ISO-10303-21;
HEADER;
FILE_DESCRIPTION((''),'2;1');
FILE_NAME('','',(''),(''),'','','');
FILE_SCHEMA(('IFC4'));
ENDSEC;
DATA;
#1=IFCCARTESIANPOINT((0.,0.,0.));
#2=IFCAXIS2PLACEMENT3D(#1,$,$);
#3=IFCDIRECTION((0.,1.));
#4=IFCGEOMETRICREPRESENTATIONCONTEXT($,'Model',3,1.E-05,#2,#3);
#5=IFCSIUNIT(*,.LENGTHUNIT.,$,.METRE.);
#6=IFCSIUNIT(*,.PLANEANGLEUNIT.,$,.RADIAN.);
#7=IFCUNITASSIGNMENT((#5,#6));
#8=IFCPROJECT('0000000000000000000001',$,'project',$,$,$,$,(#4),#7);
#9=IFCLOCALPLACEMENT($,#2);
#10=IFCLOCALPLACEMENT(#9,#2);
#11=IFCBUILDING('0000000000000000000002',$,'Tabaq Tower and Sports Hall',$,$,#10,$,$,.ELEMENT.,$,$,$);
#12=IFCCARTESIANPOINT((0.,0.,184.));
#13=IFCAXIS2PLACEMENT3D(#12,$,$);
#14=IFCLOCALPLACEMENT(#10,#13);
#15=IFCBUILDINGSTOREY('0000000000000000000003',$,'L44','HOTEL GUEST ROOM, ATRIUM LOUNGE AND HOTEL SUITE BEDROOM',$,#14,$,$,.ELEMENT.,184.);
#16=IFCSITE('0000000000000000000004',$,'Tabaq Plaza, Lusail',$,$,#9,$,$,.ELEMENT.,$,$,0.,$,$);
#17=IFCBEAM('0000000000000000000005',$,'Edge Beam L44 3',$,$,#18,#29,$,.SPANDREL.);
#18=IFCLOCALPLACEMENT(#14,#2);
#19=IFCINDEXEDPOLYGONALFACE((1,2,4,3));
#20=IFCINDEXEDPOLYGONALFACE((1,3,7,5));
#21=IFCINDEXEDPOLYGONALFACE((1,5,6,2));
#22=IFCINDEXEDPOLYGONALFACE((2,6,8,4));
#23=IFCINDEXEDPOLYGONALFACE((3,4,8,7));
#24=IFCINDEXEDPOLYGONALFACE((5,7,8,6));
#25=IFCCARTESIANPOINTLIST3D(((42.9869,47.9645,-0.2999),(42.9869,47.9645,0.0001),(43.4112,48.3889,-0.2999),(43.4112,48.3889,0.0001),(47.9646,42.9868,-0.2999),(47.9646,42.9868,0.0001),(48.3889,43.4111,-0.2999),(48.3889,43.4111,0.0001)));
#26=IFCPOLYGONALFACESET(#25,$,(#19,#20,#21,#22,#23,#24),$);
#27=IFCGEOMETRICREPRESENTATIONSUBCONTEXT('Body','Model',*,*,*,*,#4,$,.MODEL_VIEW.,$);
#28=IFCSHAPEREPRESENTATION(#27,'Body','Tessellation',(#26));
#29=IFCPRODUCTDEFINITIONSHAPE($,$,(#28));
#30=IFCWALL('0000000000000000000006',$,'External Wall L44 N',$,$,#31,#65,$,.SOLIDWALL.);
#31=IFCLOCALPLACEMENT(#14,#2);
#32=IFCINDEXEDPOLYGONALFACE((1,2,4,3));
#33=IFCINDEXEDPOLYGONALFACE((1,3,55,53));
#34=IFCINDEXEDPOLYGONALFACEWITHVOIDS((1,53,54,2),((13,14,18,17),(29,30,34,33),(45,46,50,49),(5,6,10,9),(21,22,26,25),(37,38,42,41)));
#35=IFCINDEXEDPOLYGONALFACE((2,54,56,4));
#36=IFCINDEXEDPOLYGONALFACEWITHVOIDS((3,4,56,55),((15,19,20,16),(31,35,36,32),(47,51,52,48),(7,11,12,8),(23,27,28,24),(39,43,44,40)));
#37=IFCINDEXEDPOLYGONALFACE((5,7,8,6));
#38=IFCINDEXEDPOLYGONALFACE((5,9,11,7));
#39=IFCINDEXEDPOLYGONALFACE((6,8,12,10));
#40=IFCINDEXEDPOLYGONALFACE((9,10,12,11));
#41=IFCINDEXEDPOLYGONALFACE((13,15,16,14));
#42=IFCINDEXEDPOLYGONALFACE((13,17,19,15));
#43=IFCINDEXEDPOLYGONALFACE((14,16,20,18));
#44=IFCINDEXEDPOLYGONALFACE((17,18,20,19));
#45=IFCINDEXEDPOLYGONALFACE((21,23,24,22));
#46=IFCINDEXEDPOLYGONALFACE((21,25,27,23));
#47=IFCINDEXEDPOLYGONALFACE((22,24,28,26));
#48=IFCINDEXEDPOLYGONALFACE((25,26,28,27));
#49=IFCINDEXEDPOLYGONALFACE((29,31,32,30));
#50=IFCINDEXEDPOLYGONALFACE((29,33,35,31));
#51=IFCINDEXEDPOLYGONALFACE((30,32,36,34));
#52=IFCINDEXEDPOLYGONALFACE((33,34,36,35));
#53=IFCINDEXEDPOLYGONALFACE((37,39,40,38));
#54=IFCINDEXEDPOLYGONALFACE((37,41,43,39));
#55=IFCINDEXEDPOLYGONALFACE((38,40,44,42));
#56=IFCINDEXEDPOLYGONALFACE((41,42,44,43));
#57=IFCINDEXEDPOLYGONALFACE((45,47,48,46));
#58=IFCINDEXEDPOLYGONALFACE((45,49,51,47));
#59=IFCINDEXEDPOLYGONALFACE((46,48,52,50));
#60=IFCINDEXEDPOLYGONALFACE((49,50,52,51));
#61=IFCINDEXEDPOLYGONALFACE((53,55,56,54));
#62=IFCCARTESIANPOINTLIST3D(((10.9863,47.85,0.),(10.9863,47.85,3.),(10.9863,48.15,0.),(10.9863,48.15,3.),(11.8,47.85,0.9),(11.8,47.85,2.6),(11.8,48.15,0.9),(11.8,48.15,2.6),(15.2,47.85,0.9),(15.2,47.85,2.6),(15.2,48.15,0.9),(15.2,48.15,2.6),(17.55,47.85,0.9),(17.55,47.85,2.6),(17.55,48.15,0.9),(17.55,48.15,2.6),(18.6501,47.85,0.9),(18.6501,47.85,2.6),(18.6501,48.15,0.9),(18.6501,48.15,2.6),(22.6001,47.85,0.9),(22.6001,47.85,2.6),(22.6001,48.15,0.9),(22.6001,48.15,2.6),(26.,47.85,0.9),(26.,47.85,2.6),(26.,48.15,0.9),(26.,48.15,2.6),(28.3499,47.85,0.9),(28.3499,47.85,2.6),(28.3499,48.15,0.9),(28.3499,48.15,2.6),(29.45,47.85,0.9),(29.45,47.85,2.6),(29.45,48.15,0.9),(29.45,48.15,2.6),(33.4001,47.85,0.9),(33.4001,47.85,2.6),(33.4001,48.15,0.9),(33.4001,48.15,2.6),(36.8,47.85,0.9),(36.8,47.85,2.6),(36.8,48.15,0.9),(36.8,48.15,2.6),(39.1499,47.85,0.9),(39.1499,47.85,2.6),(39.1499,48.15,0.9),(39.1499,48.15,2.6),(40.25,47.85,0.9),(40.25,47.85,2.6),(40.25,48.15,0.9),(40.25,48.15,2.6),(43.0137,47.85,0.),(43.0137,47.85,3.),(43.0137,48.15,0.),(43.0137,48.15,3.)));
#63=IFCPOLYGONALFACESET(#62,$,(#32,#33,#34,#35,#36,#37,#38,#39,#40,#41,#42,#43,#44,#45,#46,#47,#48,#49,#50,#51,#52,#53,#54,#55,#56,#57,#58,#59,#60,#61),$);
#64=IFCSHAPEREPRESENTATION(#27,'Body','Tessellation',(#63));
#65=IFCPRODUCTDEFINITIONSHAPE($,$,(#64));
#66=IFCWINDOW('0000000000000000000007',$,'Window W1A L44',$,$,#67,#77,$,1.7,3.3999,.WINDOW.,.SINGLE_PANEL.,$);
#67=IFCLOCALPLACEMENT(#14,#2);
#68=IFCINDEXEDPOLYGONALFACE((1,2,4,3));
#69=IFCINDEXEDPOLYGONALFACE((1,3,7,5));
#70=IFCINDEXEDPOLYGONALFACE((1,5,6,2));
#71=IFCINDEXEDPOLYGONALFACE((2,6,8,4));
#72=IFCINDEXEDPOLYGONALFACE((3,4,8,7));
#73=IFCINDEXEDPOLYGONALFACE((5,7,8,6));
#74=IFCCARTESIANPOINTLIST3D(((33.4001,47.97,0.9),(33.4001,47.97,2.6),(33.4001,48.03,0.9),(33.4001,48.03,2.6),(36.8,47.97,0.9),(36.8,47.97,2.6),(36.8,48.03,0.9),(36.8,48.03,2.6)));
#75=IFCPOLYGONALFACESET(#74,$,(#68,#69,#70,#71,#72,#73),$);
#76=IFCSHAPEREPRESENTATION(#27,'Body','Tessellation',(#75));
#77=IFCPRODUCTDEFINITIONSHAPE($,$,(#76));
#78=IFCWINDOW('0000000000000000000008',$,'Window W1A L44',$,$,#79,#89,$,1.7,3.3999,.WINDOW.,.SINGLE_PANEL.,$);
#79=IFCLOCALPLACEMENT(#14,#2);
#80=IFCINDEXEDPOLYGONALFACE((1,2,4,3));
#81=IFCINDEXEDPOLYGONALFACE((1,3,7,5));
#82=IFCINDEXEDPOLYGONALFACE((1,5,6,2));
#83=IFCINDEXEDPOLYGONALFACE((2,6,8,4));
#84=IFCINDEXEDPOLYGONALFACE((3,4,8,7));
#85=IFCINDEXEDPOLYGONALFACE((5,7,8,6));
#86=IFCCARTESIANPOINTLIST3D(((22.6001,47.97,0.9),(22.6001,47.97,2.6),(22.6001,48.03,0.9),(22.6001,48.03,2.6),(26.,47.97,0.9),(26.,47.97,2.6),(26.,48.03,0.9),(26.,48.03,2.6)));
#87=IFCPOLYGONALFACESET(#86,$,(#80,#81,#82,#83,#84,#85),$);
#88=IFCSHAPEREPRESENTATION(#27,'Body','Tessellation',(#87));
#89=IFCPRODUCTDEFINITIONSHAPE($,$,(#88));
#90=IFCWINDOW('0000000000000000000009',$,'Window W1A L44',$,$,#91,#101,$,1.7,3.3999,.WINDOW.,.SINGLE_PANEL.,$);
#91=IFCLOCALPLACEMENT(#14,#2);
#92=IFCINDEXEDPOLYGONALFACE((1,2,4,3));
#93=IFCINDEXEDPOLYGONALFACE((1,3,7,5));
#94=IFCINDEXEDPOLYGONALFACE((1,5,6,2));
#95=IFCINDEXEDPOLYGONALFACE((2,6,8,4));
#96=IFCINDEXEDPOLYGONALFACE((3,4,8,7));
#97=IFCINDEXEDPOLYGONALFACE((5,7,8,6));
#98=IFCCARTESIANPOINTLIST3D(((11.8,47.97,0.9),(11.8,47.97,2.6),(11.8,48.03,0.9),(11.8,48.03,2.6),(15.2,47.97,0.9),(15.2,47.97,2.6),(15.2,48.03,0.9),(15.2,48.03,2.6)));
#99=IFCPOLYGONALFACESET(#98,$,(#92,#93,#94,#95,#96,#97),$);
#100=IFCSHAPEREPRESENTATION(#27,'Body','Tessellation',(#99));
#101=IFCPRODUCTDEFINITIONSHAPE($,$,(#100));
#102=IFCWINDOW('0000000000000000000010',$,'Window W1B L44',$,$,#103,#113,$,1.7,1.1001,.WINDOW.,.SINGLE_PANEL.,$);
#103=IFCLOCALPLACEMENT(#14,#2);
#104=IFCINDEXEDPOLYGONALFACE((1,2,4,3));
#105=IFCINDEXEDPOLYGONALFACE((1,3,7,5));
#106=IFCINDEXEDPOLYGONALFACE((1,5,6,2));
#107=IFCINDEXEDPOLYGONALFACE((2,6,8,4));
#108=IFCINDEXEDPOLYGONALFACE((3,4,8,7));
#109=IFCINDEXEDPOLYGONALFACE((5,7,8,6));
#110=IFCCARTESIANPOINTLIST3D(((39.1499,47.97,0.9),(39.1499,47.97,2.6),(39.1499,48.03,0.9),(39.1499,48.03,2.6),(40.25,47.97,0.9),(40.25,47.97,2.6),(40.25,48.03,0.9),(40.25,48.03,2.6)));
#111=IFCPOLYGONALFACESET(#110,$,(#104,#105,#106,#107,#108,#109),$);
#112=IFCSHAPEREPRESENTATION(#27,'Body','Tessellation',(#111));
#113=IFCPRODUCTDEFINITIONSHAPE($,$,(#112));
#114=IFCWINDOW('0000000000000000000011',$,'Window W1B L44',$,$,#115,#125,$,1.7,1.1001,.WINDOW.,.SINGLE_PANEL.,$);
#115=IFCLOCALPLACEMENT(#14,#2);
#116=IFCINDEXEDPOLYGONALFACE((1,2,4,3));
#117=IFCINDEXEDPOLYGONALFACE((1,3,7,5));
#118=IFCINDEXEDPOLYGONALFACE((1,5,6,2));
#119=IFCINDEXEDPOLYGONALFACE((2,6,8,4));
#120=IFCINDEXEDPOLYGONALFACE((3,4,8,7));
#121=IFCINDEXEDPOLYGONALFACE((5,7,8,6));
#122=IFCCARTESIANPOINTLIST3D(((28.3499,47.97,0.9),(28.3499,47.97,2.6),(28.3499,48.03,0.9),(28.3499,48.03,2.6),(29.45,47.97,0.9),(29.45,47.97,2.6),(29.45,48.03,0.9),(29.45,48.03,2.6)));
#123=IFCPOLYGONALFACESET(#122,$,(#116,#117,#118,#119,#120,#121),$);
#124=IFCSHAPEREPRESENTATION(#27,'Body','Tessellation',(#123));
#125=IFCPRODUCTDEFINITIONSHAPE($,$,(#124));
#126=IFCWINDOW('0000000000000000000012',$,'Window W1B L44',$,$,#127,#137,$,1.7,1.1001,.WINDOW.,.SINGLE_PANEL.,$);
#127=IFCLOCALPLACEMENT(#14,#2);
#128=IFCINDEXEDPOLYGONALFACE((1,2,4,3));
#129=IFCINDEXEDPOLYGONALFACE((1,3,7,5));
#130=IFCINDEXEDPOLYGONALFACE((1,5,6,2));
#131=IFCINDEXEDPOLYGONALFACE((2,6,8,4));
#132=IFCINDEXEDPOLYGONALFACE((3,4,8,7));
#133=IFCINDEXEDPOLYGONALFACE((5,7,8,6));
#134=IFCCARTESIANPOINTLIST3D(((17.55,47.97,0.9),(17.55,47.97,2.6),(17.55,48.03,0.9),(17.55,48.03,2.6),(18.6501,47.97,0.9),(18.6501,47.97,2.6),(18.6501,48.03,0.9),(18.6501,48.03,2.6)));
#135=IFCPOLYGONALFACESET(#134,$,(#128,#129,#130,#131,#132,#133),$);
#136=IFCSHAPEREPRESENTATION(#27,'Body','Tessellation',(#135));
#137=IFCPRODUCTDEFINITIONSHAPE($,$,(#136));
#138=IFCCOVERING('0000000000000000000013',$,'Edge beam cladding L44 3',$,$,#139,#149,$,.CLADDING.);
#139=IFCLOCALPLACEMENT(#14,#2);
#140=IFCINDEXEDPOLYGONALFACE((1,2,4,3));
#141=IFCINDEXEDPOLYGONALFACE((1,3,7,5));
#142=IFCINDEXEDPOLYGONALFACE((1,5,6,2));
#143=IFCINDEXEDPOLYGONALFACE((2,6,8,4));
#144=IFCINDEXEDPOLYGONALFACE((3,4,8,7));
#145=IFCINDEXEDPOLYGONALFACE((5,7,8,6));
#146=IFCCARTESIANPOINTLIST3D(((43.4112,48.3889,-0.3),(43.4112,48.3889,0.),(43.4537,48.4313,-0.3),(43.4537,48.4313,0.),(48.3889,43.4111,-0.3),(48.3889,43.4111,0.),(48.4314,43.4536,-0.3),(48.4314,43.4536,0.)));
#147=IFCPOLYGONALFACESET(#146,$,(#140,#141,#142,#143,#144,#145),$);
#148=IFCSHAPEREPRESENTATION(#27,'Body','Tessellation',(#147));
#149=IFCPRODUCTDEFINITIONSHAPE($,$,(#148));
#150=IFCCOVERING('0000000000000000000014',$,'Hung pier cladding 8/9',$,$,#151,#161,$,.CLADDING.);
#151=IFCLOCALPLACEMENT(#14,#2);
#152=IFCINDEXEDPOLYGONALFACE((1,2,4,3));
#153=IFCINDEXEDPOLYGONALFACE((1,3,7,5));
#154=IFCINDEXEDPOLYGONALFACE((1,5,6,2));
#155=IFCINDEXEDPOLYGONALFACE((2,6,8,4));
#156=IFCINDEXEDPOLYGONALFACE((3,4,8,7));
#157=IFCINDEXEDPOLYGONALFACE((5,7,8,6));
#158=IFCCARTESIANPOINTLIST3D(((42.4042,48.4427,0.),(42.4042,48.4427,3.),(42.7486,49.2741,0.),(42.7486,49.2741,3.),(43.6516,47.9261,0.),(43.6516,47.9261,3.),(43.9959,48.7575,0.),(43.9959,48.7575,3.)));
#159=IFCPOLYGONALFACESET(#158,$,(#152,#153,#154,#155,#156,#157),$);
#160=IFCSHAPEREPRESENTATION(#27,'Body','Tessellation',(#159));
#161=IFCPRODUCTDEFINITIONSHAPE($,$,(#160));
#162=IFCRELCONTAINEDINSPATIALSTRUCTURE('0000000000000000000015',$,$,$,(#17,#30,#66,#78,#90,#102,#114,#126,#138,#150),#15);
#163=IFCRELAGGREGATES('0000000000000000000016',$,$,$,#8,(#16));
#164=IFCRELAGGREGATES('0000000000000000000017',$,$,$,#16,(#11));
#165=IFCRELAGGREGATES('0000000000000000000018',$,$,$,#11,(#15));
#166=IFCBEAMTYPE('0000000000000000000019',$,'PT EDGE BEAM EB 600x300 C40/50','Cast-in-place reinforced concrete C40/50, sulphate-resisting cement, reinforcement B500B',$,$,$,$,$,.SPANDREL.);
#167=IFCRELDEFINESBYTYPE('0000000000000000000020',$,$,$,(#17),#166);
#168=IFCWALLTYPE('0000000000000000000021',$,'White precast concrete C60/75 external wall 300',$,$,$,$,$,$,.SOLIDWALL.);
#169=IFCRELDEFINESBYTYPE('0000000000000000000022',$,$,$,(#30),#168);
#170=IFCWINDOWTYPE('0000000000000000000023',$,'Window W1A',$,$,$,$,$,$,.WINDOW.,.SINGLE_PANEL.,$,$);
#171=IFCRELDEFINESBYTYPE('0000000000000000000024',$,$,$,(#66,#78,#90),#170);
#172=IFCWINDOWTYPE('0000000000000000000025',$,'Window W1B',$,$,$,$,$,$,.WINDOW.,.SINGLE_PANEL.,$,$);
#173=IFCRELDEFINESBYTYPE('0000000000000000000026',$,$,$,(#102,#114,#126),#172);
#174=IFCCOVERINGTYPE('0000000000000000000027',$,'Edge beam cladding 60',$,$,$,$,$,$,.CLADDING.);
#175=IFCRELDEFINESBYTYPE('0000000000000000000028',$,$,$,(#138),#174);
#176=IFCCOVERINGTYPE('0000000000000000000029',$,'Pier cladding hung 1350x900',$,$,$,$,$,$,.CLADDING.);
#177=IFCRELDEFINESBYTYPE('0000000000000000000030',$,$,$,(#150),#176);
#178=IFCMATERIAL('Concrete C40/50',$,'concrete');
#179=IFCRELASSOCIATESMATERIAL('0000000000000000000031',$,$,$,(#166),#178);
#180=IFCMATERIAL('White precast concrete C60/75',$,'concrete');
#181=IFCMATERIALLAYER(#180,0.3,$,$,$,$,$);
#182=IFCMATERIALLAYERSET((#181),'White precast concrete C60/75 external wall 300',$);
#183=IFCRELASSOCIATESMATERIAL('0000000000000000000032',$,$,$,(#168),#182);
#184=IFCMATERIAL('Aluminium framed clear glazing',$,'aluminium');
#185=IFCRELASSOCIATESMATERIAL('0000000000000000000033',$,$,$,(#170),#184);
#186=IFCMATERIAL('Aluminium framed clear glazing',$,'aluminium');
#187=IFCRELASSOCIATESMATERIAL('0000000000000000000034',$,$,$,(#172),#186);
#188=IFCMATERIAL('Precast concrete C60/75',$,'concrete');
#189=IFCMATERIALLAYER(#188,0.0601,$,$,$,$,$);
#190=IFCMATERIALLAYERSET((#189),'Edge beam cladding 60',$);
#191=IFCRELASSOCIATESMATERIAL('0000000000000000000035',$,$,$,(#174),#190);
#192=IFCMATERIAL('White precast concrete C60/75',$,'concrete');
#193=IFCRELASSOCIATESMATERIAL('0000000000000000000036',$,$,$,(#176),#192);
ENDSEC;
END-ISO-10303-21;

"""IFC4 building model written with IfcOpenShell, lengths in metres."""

from ifc_helpers import new_model, si_unit, direction, frame, frame_2d, origin, origin_2d, place, context, subcontext, project, spatial, rectangle, extrude, material, layer, layer_set, material_profile, profile_set, type_object, element, fill, save


model = new_model("IFC4")

# Units and contexts
model_context = context("Model", 3, precision=1e-05, world=origin(), true_north=direction((0.0, 1.0)))
body_context = subcontext(model_context, "Body", "Model", "MODEL_VIEW")
ifc_project = project(units=[si_unit("LENGTHUNIT", "METRE"), si_unit("PLANEANGLEUNIT", "RADIAN")], contexts=[model_context])

# Site, building, storey
site_placement = place(None, origin())
site = spatial("IfcSite", under=ifc_project, at=site_placement, Name="Tabaq Plaza, Lusail", CompositionType="ELEMENT", RefElevation=0.0)
building_placement = place(site_placement, origin())
building = spatial("IfcBuilding", under=site, at=building_placement, Name="Tabaq Tower and Sports Hall", CompositionType="ELEMENT")
storey_placement = place(building_placement, frame((0.0, 0.0, 184.0)))
storey = spatial("IfcBuildingStorey", under=building, at=storey_placement, Name="L44", Description="HOTEL GUEST ROOM, ATRIUM LOUNGE AND HOTEL SUITE BEDROOM", CompositionType="ELEMENT", Elevation=184.0)

# Beam
ifc_material_1 = material(Name="Concrete C40/50", Category="concrete")
ifc_material_profile = material_profile(ifc_material_1, rectangle(XDim=0.6001, YDim=0.3, at=origin_2d()), Name="EB 600x300")
ifc_profile_set = profile_set([ifc_material_profile], Name="Concrete C40/50")
beam_type = type_object("IfcBeamType", Name="PT EDGE BEAM EB 600x300 C40/50", Description="Cast-in-place reinforced concrete C40/50, sulphate-resisting cement, reinforcement B500B", PredefinedType="SPANDREL", material=ifc_profile_set)
beam_placement = place(storey_placement, frame((48.1768, 43.199, -0.1499), z_axis=(-0.707107, 0.707107, 0.0), x_axis=(-0.707107, -0.707107, 0.0)))
element("IfcBeam", 1, at=beam_placement, inside=storey, type_object=beam_type, Name="Edge Beam L44 3", PredefinedType="SPANDREL", context=body_context, shape_type="SweptSolid", body=[
    extrude(rectangle(XDim=0.6001, YDim=0.3, at=origin_2d()), origin(), (0.0, 0.0, 1.0), 7.0396),
])

# Wall, openings, windows
ifc_material_2 = material(Name="White precast concrete C60/75", Category="concrete")
ifc_layer_1 = layer(ifc_material_2, 0.3)
ifc_layer_set_1 = layer_set([ifc_layer_1], Name="White precast concrete C60/75 external wall 300")
wall_type = type_object("IfcWallType", Name="White precast concrete C60/75 external wall 300", PredefinedType="SOLIDWALL", material=ifc_layer_set_1)
wall_placement = place(storey_placement, frame((43.0137, 48.0, 0.0), z_axis=(0.0, 0.0, 1.0), x_axis=(-1.0, 0.0, 0.0)))
wall = element("IfcWall", 2, at=wall_placement, inside=storey, type_object=wall_type, Name="External Wall L44 N", PredefinedType="SOLIDWALL", context=body_context, shape_type="SweptSolid", body=[
    extrude(rectangle(XDim=32.0273, YDim=0.3, at=frame_2d((16.0137, 0.0))), origin(), (0.0, 0.0, 1.0), 3.0),
])
opening_1_placement = place(wall_placement, frame((2.7637, 0.0, 0.8999)))
opening_1 = element("IfcOpeningElement", 3, at=opening_1_placement, cuts=wall, PredefinedType="OPENING", context=body_context, shape_type="SweptSolid", body=[
    extrude(rectangle(XDim=1.1001, YDim=1.7, at=frame_2d((0.55, 0.8501))), frame((0.0, 0.1602, 0.0), z_axis=(0.0, -1.0, 0.0), x_axis=(1.0, 0.0, 0.0)), (0.0, 0.0, 1.0), 0.3201),
])
opening_2_placement = place(wall_placement, frame((6.2136, 0.0, 0.8999)))
opening_2 = element("IfcOpeningElement", 4, at=opening_2_placement, cuts=wall, PredefinedType="OPENING", context=body_context, shape_type="SweptSolid", body=[
    extrude(rectangle(XDim=3.3999, YDim=1.7, at=frame_2d((1.7, 0.8501))), frame((0.0, 0.1602, 0.0), z_axis=(0.0, -1.0, 0.0), x_axis=(1.0, 0.0, 0.0)), (0.0, 0.0, 1.0), 0.3201),
])
opening_3_placement = place(wall_placement, frame((13.5637, 0.0, 0.8999)))
opening_3 = element("IfcOpeningElement", 5, at=opening_3_placement, cuts=wall, PredefinedType="OPENING", context=body_context, shape_type="SweptSolid", body=[
    extrude(rectangle(XDim=1.1001, YDim=1.7, at=frame_2d((0.55, 0.8501))), frame((0.0, 0.1602, 0.0), z_axis=(0.0, -1.0, 0.0), x_axis=(1.0, 0.0, 0.0)), (0.0, 0.0, 1.0), 0.3201),
])
opening_4_placement = place(wall_placement, frame((17.0137, 0.0, 0.8999)))
opening_4 = element("IfcOpeningElement", 6, at=opening_4_placement, cuts=wall, PredefinedType="OPENING", context=body_context, shape_type="SweptSolid", body=[
    extrude(rectangle(XDim=3.3999, YDim=1.7, at=frame_2d((1.7, 0.8501))), frame((0.0, 0.1602, 0.0), z_axis=(0.0, -1.0, 0.0), x_axis=(1.0, 0.0, 0.0)), (0.0, 0.0, 1.0), 0.3201),
])
opening_5_placement = place(wall_placement, frame((24.3635, 0.0, 0.8999)))
opening_5 = element("IfcOpeningElement", 7, at=opening_5_placement, cuts=wall, PredefinedType="OPENING", context=body_context, shape_type="SweptSolid", body=[
    extrude(rectangle(XDim=1.1001, YDim=1.7, at=frame_2d((0.55, 0.8501))), frame((0.0, 0.1602, 0.0), z_axis=(0.0, -1.0, 0.0), x_axis=(1.0, 0.0, 0.0)), (0.0, 0.0, 1.0), 0.3201),
])
opening_6_placement = place(wall_placement, frame((27.8137, 0.0, 0.8999)))
opening_6 = element("IfcOpeningElement", 8, at=opening_6_placement, cuts=wall, PredefinedType="OPENING", context=body_context, shape_type="SweptSolid", body=[
    extrude(rectangle(XDim=3.3999, YDim=1.7, at=frame_2d((1.7, 0.8501))), frame((0.0, 0.1602, 0.0), z_axis=(0.0, -1.0, 0.0), x_axis=(1.0, 0.0, 0.0)), (0.0, 0.0, 1.0), 0.3201),
])
ifc_material_3 = material(Name="Aluminium framed clear glazing", Category="aluminium")
window_type_1 = type_object("IfcWindowType", Name="Window W1A", PartitioningType="SINGLE_PANEL", PredefinedType="WINDOW", material=ifc_material_3)
window_1_placement = place(opening_2_placement, origin())
window_1 = element("IfcWindow", 9, at=window_1_placement, inside=storey, type_object=window_type_1, Name="Window W1A L44", OverallHeight=1.7, OverallWidth=3.3999, PartitioningType="SINGLE_PANEL", PredefinedType="WINDOW", context=body_context, shape_type="SweptSolid", body=[
    extrude(rectangle(XDim=3.3999, YDim=1.7, at=frame_2d((1.7, 0.8501))), frame((0.0, 0.03, 0.0), z_axis=(0.0, -1.0, 0.0), x_axis=(1.0, 0.0, 0.0)), (0.0, 0.0, 1.0), 0.0601),
])
fill(opening_2, window_1)
window_2_placement = place(opening_4_placement, origin())
window_2 = element("IfcWindow", 10, at=window_2_placement, inside=storey, type_object=window_type_1, Name="Window W1A L44", OverallHeight=1.7, OverallWidth=3.3999, PartitioningType="SINGLE_PANEL", PredefinedType="WINDOW", context=body_context, shape_type="SweptSolid", body=[
    extrude(rectangle(XDim=3.3999, YDim=1.7, at=frame_2d((1.7, 0.8501))), frame((0.0, 0.03, 0.0), z_axis=(0.0, -1.0, 0.0), x_axis=(1.0, 0.0, 0.0)), (0.0, 0.0, 1.0), 0.0601),
])
fill(opening_4, window_2)
window_3_placement = place(opening_6_placement, origin())
window_3 = element("IfcWindow", 11, at=window_3_placement, inside=storey, type_object=window_type_1, Name="Window W1A L44", OverallHeight=1.7, OverallWidth=3.3999, PartitioningType="SINGLE_PANEL", PredefinedType="WINDOW", context=body_context, shape_type="SweptSolid", body=[
    extrude(rectangle(XDim=3.3999, YDim=1.7, at=frame_2d((1.7, 0.8501))), frame((0.0, 0.03, 0.0), z_axis=(0.0, -1.0, 0.0), x_axis=(1.0, 0.0, 0.0)), (0.0, 0.0, 1.0), 0.0601),
])
fill(opening_6, window_3)
ifc_material_4 = material(Name="Aluminium framed clear glazing", Category="aluminium")
window_type_2 = type_object("IfcWindowType", Name="Window W1B", PartitioningType="SINGLE_PANEL", PredefinedType="WINDOW", material=ifc_material_4)
window_4_placement = place(opening_1_placement, origin())
window_4 = element("IfcWindow", 12, at=window_4_placement, inside=storey, type_object=window_type_2, Name="Window W1B L44", OverallHeight=1.7, OverallWidth=1.1001, PartitioningType="SINGLE_PANEL", PredefinedType="WINDOW", context=body_context, shape_type="SweptSolid", body=[
    extrude(rectangle(XDim=1.1001, YDim=1.7, at=frame_2d((0.55, 0.8501))), frame((0.0, 0.03, 0.0), z_axis=(0.0, -1.0, 0.0), x_axis=(1.0, 0.0, 0.0)), (0.0, 0.0, 1.0), 0.0601),
])
fill(opening_1, window_4)
window_5_placement = place(opening_3_placement, origin())
window_5 = element("IfcWindow", 13, at=window_5_placement, inside=storey, type_object=window_type_2, Name="Window W1B L44", OverallHeight=1.7, OverallWidth=1.1001, PartitioningType="SINGLE_PANEL", PredefinedType="WINDOW", context=body_context, shape_type="SweptSolid", body=[
    extrude(rectangle(XDim=1.1001, YDim=1.7, at=frame_2d((0.55, 0.8501))), frame((0.0, 0.03, 0.0), z_axis=(0.0, -1.0, 0.0), x_axis=(1.0, 0.0, 0.0)), (0.0, 0.0, 1.0), 0.0601),
])
fill(opening_3, window_5)
window_6_placement = place(opening_5_placement, origin())
window_6 = element("IfcWindow", 14, at=window_6_placement, inside=storey, type_object=window_type_2, Name="Window W1B L44", OverallHeight=1.7, OverallWidth=1.1001, PartitioningType="SINGLE_PANEL", PredefinedType="WINDOW", context=body_context, shape_type="SweptSolid", body=[
    extrude(rectangle(XDim=1.1001, YDim=1.7, at=frame_2d((0.55, 0.8501))), frame((0.0, 0.03, 0.0), z_axis=(0.0, -1.0, 0.0), x_axis=(1.0, 0.0, 0.0)), (0.0, 0.0, 1.0), 0.0601),
])
fill(opening_5, window_6)

# Coverings
ifc_material_5 = material(Name="Precast concrete C60/75", Category="concrete")
ifc_layer_2 = layer(ifc_material_5, 0.0601)
ifc_layer_set_2 = layer_set([ifc_layer_2], Name="Edge beam cladding 60")
covering_type_1 = type_object("IfcCoveringType", Name="Edge beam cladding 60", PredefinedType="CLADDING", material=ifc_layer_set_2)
covering_1_placement = place(storey_placement, frame((48.4102, 43.4324, -0.3), z_axis=(0.0, 0.0, 1.0), x_axis=(-0.707107, 0.707107, 0.0)))
element("IfcCovering", 15, at=covering_1_placement, inside=storey, type_object=covering_type_1, Name="Edge beam cladding L44 3", PredefinedType="CLADDING", context=body_context, shape_type="SweptSolid", body=[
    extrude(rectangle(XDim=7.0396, YDim=0.0601, at=frame_2d((3.5198, 0.0))), origin(), (0.0, 0.0, 1.0), 0.3),
])
ifc_material_6 = material(Name="White precast concrete C60/75", Category="concrete")
covering_type_2 = type_object("IfcCoveringType", Name="Pier cladding hung 1350x900", PredefinedType="CLADDING", material=ifc_material_6)
covering_2_placement = place(storey_placement, frame((43.8237, 48.3418, 0.0), z_axis=(0.0, 0.0, 1.0), x_axis=(-0.923893, 0.38265, 0.0)))
element("IfcCovering", 16, at=covering_2_placement, inside=storey, type_object=covering_type_2, Name="Hung pier cladding 8/9", PredefinedType="CLADDING", context=body_context, shape_type="SweptSolid", body=[
    extrude(rectangle(XDim=1.3501, YDim=0.8999, at=frame_2d((0.675, 0.0))), origin(), (0.0, 0.0, 1.0), 3.0),
])

save(model, "model.ifc")
